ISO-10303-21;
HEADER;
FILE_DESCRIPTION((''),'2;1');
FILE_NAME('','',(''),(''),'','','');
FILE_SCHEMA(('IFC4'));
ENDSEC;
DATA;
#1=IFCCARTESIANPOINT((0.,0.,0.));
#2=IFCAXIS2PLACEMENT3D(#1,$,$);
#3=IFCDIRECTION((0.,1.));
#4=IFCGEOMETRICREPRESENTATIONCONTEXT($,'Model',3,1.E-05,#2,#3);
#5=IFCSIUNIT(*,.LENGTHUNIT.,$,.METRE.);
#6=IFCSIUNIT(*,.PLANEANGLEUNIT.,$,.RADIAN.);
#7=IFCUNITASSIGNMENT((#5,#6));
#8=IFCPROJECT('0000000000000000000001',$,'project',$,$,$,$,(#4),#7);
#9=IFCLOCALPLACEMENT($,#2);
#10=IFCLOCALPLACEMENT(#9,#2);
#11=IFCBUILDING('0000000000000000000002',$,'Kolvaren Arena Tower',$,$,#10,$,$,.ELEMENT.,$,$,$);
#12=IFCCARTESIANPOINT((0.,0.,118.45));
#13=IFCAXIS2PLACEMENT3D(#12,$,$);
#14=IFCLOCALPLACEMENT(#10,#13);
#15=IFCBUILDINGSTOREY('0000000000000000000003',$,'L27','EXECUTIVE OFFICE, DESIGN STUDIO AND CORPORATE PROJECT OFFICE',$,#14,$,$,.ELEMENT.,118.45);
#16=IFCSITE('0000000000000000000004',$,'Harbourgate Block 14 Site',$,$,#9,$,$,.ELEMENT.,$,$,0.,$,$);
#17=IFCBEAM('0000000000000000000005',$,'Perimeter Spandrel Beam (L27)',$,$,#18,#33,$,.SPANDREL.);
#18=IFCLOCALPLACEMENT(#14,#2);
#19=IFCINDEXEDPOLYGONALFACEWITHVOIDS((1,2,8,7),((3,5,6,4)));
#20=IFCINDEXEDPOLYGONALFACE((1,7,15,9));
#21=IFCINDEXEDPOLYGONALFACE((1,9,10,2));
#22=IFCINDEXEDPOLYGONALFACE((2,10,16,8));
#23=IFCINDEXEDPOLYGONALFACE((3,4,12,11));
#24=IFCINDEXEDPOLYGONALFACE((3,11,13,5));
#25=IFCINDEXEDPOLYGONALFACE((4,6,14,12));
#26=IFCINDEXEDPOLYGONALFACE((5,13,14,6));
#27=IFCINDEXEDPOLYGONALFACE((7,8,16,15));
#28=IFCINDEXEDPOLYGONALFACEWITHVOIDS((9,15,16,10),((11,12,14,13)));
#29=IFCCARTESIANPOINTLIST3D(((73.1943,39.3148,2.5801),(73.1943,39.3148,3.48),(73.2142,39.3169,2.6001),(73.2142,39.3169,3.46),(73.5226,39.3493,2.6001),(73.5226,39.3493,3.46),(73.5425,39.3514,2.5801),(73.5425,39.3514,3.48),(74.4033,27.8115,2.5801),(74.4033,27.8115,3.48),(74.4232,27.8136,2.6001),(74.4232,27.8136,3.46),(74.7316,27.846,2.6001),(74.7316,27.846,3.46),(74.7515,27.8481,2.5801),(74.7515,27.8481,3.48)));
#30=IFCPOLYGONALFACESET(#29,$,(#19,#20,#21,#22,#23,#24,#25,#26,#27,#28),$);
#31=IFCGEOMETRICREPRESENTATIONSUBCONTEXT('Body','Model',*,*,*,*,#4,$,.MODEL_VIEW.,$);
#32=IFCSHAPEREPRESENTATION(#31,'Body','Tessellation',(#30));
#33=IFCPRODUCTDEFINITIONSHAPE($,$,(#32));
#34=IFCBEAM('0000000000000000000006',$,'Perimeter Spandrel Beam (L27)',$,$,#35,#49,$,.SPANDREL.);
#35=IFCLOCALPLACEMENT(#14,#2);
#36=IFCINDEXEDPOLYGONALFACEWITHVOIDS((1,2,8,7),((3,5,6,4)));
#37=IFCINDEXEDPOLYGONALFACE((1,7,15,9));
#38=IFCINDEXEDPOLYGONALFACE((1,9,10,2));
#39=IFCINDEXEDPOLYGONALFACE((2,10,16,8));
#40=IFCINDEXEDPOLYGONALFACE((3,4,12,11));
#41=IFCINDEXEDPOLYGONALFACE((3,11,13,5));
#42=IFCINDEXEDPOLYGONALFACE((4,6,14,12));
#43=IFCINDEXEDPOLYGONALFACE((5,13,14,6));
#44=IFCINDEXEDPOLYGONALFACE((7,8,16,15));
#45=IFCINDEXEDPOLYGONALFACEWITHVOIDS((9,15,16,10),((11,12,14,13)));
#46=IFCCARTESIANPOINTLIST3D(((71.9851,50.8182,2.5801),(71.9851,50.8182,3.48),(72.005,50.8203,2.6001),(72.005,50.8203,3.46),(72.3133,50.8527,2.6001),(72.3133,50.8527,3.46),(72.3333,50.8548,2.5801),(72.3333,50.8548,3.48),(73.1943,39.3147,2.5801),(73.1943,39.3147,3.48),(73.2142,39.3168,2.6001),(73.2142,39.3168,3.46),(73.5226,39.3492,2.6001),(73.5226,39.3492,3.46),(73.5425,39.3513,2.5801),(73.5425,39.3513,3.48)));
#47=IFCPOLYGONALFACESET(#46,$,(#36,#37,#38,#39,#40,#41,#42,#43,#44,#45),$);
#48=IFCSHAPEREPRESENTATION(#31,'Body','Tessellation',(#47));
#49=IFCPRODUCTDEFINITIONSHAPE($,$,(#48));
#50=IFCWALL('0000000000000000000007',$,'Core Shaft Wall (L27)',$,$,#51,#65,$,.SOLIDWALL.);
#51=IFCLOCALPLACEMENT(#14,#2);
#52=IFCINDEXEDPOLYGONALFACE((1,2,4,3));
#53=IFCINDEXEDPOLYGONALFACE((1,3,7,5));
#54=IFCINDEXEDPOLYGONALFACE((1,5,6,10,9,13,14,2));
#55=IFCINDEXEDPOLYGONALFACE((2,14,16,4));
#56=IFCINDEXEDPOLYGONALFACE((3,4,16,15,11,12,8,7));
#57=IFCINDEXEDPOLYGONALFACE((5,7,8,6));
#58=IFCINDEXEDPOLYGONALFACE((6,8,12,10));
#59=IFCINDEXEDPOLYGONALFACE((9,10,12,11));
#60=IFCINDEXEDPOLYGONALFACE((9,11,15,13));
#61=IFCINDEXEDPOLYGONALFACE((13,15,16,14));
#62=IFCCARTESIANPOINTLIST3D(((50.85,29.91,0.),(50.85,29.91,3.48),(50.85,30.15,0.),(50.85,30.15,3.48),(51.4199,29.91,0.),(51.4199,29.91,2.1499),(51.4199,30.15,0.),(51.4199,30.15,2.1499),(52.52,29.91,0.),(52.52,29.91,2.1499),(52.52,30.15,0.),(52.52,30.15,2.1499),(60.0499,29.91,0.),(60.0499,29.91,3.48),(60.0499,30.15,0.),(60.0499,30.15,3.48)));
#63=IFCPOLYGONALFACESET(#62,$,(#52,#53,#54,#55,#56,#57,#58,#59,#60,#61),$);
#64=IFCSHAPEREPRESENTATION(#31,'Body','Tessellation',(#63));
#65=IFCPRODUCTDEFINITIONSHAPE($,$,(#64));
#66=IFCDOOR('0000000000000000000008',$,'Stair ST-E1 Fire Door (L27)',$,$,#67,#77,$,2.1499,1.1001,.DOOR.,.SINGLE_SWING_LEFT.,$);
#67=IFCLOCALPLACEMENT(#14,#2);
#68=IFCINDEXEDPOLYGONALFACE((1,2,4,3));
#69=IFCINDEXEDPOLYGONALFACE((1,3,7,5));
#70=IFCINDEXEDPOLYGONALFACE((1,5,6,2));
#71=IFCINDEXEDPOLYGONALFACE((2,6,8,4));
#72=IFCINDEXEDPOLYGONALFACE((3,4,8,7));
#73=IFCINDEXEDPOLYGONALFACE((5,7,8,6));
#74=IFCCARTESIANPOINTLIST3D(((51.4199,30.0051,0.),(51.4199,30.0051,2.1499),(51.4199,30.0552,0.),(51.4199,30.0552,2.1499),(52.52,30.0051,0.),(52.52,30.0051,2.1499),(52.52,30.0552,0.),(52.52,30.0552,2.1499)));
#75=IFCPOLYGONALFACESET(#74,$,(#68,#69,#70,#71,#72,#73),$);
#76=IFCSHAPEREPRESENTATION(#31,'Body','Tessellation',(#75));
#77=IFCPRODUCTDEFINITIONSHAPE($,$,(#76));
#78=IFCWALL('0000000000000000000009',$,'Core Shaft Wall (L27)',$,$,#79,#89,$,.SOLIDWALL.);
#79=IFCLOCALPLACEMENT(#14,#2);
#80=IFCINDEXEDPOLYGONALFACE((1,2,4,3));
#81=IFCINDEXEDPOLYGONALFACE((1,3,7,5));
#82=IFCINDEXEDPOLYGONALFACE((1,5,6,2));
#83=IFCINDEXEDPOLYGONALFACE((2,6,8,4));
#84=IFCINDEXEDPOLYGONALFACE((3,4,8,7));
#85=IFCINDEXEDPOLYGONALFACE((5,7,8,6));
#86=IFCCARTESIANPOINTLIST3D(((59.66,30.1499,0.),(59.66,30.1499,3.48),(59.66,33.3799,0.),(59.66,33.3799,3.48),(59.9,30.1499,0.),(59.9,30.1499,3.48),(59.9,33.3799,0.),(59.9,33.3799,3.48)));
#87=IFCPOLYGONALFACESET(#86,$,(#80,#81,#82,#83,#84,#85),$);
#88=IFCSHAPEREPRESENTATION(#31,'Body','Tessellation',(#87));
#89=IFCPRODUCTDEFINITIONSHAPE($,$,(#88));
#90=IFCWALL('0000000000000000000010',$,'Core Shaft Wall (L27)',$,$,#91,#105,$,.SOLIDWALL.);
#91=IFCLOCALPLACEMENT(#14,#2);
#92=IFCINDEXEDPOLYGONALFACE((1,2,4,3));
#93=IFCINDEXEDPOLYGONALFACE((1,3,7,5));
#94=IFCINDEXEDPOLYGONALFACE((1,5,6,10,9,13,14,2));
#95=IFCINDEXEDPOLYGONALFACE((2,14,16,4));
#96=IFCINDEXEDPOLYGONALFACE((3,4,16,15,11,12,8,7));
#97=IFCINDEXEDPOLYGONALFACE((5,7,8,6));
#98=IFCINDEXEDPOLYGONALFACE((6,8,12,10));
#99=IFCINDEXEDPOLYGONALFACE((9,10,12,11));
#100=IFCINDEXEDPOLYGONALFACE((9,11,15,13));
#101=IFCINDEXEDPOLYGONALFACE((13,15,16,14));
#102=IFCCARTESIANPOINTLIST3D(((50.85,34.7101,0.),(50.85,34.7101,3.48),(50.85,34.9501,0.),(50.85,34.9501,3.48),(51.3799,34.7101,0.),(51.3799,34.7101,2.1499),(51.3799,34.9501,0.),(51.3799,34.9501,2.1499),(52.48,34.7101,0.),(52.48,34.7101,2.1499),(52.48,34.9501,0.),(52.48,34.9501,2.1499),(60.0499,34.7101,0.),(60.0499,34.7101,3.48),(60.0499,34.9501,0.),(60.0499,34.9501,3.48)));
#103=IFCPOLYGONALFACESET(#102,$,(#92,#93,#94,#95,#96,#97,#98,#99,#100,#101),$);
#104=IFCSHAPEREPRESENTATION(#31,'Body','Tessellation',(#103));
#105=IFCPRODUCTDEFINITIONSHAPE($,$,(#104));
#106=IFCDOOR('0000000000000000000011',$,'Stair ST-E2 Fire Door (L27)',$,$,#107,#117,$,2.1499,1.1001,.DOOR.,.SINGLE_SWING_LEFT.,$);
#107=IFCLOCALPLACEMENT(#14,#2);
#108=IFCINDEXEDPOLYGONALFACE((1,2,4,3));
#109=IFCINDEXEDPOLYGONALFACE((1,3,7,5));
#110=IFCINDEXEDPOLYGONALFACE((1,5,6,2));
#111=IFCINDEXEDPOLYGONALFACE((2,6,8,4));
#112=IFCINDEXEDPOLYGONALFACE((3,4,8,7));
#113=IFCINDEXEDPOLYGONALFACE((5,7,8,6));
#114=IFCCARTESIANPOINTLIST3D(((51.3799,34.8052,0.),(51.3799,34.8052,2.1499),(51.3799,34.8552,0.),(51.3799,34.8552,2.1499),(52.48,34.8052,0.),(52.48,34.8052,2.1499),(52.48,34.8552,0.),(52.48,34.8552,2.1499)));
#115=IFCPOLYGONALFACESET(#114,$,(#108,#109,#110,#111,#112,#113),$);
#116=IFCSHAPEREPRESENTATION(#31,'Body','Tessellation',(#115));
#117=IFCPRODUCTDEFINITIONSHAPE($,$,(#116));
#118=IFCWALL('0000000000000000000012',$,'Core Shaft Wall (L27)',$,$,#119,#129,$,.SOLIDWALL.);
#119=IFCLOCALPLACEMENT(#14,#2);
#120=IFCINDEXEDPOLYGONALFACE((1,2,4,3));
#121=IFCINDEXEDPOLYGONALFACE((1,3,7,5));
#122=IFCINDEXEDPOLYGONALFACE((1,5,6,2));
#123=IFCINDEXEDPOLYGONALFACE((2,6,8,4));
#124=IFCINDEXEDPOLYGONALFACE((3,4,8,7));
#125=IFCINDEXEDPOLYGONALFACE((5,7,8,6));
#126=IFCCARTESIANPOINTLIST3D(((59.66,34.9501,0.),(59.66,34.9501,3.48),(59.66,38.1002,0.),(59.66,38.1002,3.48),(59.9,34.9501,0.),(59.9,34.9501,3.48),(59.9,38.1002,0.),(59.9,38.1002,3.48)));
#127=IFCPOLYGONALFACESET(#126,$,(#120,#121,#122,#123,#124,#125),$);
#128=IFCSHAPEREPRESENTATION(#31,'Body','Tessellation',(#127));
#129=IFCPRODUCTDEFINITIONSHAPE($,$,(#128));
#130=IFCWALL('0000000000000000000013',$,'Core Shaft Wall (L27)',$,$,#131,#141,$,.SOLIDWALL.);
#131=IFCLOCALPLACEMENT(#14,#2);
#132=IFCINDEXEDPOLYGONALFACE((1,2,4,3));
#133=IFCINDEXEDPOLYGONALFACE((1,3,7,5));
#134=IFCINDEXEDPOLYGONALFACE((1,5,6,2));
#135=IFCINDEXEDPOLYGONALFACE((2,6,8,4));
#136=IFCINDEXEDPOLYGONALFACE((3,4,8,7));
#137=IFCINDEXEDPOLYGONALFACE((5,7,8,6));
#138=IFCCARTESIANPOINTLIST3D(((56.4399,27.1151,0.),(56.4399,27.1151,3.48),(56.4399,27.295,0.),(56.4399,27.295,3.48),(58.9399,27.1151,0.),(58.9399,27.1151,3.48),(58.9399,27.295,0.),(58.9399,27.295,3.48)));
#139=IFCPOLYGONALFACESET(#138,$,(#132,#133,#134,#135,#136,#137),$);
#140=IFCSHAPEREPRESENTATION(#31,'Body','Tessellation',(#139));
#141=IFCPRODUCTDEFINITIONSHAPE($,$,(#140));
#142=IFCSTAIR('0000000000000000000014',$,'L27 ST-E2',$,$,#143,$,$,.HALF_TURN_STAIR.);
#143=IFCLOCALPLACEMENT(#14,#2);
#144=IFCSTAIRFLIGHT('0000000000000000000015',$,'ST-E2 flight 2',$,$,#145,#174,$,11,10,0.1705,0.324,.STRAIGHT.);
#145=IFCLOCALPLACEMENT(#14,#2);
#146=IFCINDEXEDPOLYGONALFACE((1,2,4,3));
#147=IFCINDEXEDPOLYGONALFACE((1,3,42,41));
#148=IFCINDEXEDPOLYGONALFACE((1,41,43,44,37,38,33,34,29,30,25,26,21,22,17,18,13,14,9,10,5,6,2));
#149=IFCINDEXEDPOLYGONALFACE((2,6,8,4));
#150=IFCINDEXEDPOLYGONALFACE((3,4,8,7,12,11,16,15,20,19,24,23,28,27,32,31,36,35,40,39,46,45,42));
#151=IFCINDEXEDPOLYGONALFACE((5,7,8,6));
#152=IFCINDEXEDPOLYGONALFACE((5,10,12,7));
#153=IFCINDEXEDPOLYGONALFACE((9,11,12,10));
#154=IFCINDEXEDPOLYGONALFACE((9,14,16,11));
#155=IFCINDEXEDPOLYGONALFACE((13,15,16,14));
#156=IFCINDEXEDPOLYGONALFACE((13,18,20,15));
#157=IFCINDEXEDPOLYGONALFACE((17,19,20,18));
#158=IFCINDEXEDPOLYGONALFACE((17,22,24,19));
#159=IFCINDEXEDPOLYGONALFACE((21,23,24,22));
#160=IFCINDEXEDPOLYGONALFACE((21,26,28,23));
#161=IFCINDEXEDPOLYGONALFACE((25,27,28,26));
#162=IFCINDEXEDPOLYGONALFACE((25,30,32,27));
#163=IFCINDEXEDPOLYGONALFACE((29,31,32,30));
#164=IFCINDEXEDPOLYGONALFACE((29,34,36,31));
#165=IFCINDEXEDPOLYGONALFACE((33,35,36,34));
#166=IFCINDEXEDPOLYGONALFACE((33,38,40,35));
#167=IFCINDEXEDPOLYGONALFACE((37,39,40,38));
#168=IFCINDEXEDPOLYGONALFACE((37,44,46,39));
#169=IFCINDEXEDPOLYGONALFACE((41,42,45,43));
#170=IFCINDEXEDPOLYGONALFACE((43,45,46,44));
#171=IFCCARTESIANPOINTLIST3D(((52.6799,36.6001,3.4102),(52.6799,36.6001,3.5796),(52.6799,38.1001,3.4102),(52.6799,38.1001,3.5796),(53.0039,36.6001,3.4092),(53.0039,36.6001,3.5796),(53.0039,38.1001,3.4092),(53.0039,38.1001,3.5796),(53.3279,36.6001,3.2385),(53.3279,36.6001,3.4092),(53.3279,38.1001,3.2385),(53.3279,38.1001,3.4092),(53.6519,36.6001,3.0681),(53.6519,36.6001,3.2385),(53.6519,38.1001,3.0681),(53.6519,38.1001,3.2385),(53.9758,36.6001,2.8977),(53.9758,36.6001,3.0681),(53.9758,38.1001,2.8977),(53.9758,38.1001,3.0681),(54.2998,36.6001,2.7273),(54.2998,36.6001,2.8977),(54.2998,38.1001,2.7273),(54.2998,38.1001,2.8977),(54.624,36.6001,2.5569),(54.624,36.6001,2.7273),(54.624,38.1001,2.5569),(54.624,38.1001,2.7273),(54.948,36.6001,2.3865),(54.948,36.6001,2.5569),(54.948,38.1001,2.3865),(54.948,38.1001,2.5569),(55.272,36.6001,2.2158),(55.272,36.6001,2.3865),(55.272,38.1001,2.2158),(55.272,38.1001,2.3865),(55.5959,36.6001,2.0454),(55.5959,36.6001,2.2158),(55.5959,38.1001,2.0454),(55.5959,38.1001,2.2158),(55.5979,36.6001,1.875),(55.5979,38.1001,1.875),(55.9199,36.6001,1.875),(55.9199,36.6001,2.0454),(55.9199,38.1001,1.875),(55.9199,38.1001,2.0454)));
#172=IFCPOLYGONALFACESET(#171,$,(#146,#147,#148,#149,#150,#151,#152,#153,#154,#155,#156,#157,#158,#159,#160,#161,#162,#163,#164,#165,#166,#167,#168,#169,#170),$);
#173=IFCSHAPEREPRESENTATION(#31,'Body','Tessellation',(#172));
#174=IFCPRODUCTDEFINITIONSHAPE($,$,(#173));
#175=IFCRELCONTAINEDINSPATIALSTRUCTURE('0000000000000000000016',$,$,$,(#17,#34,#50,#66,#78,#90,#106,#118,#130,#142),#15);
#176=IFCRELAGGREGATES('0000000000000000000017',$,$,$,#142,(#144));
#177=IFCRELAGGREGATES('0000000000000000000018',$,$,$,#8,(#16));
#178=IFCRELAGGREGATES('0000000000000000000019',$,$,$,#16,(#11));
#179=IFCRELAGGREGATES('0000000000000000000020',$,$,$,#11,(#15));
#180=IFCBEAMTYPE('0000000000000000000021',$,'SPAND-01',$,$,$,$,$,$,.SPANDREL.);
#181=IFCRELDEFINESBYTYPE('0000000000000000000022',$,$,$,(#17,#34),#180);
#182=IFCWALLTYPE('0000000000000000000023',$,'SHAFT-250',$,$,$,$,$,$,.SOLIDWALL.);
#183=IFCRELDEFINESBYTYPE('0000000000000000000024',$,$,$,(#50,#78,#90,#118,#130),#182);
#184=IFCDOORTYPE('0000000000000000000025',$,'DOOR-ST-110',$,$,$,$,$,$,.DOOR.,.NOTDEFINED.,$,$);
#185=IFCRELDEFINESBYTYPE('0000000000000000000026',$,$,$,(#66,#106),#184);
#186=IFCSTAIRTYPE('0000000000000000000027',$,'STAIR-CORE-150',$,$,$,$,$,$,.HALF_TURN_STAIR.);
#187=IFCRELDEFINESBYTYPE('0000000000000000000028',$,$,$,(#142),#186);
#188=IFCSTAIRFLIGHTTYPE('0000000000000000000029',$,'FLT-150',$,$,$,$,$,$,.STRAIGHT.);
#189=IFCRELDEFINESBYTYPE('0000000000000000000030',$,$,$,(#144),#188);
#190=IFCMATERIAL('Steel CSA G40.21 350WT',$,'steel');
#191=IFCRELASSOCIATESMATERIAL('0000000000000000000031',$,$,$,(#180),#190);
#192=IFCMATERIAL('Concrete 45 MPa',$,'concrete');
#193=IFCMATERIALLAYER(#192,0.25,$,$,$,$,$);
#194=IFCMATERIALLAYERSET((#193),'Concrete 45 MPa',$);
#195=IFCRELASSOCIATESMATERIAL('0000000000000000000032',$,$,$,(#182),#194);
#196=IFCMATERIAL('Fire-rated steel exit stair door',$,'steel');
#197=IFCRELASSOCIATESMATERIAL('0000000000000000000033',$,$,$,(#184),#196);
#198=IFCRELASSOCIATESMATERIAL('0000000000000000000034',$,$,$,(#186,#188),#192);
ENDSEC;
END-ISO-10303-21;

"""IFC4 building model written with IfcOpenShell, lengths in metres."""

from ifc_helpers import new_model, si_unit, direction, frame, frame_2d, origin, origin_2d, place, context, subcontext, project, spatial, polyline, rectangle, hollow_rectangle, outline, extrude, material, layer, layer_set, material_profile, profile_set, type_object, element, fill, aggregate, save


model = new_model("IFC4")

# Units and contexts
model_context = context("Model", 3, precision=1e-05, world=origin(), true_north=direction((0.0, 1.0)))
body_context = subcontext(model_context, "Body", "Model", "MODEL_VIEW")
ifc_project = project(units=[si_unit("LENGTHUNIT", "METRE"), si_unit("PLANEANGLEUNIT", "RADIAN")], contexts=[model_context])

# Site, building, storey
site_placement = place(None, origin())
site = spatial("IfcSite", under=ifc_project, at=site_placement, Name="Harbourgate Block 14 Site", CompositionType="ELEMENT", RefElevation=0.0)
building_placement = place(site_placement, origin())
building = spatial("IfcBuilding", under=site, at=building_placement, Name="Kolvaren Arena Tower", CompositionType="ELEMENT")
storey_placement = place(building_placement, frame((0.0, 0.0, 118.45)))
storey = spatial("IfcBuildingStorey", under=building, at=storey_placement, Name="L27", Description="EXECUTIVE OFFICE, DESIGN STUDIO AND CORPORATE PROJECT OFFICE", CompositionType="ELEMENT", Elevation=118.45)

# Beams
ifc_material_1 = material(Name="Steel CSA G40.21 350WT", Category="steel")
ifc_material_profile_1 = material_profile(ifc_material_1, hollow_rectangle(XDim=0.3501, YDim=0.8999, WallThickness=0.02, at=origin_2d()), Name="HSS 900x350x20")
ifc_profile_set_1 = profile_set([ifc_material_profile_1], Name="Steel CSA G40.21 350WT")
beam_type_1 = type_object("IfcBeamType", Name="SPAND-01", PredefinedType="SPANDREL", material=ifc_profile_set_1)
beam_1_placement = place(storey_placement, frame((74.5774, 27.8298, 3.03), z_axis=(-0.104524, 0.994522, 0.0), x_axis=(-0.994522, -0.104524, 0.0)))
element("IfcBeam", 1, at=beam_1_placement, inside=storey, type_object=beam_type_1, Name="Perimeter Spandrel Beam (L27)", PredefinedType="SPANDREL", context=body_context, shape_type="SweptSolid", body=[
    extrude(hollow_rectangle(XDim=0.3501, YDim=0.8999, WallThickness=0.02, at=origin_2d()), origin(), (0.0, 0.0, 1.0), 11.5667),
])
beam_2_placement = place(storey_placement, frame((73.3684, 39.333, 3.03), z_axis=(-0.104543, 0.99452, 0.0), x_axis=(-0.99452, -0.104543, 0.0)))
element("IfcBeam", 2, at=beam_2_placement, inside=storey, type_object=beam_type_1, Name="Perimeter Spandrel Beam (L27)", PredefinedType="SPANDREL", context=body_context, shape_type="SweptSolid", body=[
    extrude(hollow_rectangle(XDim=0.3501, YDim=0.8999, WallThickness=0.02, at=origin_2d()), origin(), (0.0, 0.0, 1.0), 11.5669),
])

# Wall, opening, door
ifc_material_2 = material(Name="Concrete 45 MPa", Category="concrete")
ifc_layer = layer(ifc_material_2, 0.25)
ifc_layer_set = layer_set([ifc_layer], Name="Concrete 45 MPa")
wall_type = type_object("IfcWallType", Name="SHAFT-250", PredefinedType="SOLIDWALL", material=ifc_layer_set)
wall_1_placement = place(storey_placement, frame((60.05, 30.03, 0.0), z_axis=(0.0, 0.0, 1.0), x_axis=(-1.0, 0.0, 0.0)))
wall_1 = element("IfcWall", 3, at=wall_1_placement, inside=storey, type_object=wall_type, Name="Core Shaft Wall (L27)", PredefinedType="SOLIDWALL", context=body_context, shape_type="SweptSolid", body=[
    extrude(rectangle(XDim=9.2, YDim=0.24, at=frame_2d((4.6001, 0.0))), origin(), (0.0, 0.0, 1.0), 3.48),
])
opening_1_placement = place(wall_1_placement, frame((7.53, 0.0, 0.0)))
opening_1 = element("IfcOpeningElement", 4, at=opening_1_placement, cuts=wall_1, PredefinedType="OPENING", context=body_context, shape_type="SweptSolid", body=[
    extrude(rectangle(XDim=1.1001, YDim=2.1499, at=frame_2d((0.55, 1.075))), frame((0.0, 0.1299, 0.0), z_axis=(0.0, -1.0, 0.0), x_axis=(1.0, 0.0, 0.0)), (0.0, 0.0, 1.0), 0.26),
])
ifc_material_3 = material(Name="Fire-rated steel exit stair door", Category="steel")
door_type = type_object("IfcDoorType", Name="DOOR-ST-110", OperationType="NOTDEFINED", PredefinedType="DOOR", material=ifc_material_3)
door_1_placement = place(opening_1_placement, origin())
door_1 = element("IfcDoor", 5, at=door_1_placement, inside=storey, type_object=door_type, Name="Stair ST-E1 Fire Door (L27)", OperationType="SINGLE_SWING_LEFT", OverallHeight=2.1499, OverallWidth=1.1001, PredefinedType="DOOR", context=body_context, shape_type="SweptSolid", body=[
    extrude(rectangle(XDim=1.1001, YDim=2.1499, at=frame_2d((0.55, 1.075))), frame((0.0, 0.0249, 0.0), z_axis=(0.0, -1.0, 0.0), x_axis=(1.0, 0.0, 0.0)), (0.0, 0.0, 1.0), 0.05),
])
fill(opening_1, door_1)

# Wall
wall_2_placement = place(storey_placement, frame((59.78, 30.1499, 0.0), z_axis=(0.0, 0.0, 1.0), x_axis=(0.0, 1.0, 0.0)))
element("IfcWall", 6, at=wall_2_placement, inside=storey, type_object=wall_type, Name="Core Shaft Wall (L27)", PredefinedType="SOLIDWALL", context=body_context, shape_type="SweptSolid", body=[
    extrude(rectangle(XDim=3.23, YDim=0.24, at=frame_2d((1.615, 0.0))), origin(), (0.0, 0.0, 1.0), 3.48),
])

# Wall, opening, door
wall_3_placement = place(storey_placement, frame((60.05, 34.8301, 0.0), z_axis=(0.0, 0.0, 1.0), x_axis=(-1.0, 0.0, 0.0)))
wall_3 = element("IfcWall", 7, at=wall_3_placement, inside=storey, type_object=wall_type, Name="Core Shaft Wall (L27)", PredefinedType="SOLIDWALL", context=body_context, shape_type="SweptSolid", body=[
    extrude(rectangle(XDim=9.2, YDim=0.24, at=frame_2d((4.6001, 0.0))), origin(), (0.0, 0.0, 1.0), 3.48),
])
opening_2_placement = place(wall_3_placement, frame((7.5701, 0.0, 0.0)))
opening_2 = element("IfcOpeningElement", 8, at=opening_2_placement, cuts=wall_3, PredefinedType="OPENING", context=body_context, shape_type="SweptSolid", body=[
    extrude(rectangle(XDim=1.1001, YDim=2.1499, at=frame_2d((0.55, 1.075))), frame((0.0, 0.1299, 0.0), z_axis=(0.0, -1.0, 0.0), x_axis=(1.0, 0.0, 0.0)), (0.0, 0.0, 1.0), 0.26),
])
door_2_placement = place(opening_2_placement, origin())
door_2 = element("IfcDoor", 9, at=door_2_placement, inside=storey, type_object=door_type, Name="Stair ST-E2 Fire Door (L27)", OperationType="SINGLE_SWING_LEFT", OverallHeight=2.1499, OverallWidth=1.1001, PredefinedType="DOOR", context=body_context, shape_type="SweptSolid", body=[
    extrude(rectangle(XDim=1.1001, YDim=2.1499, at=frame_2d((0.55, 1.075))), frame((0.0, 0.0249, 0.0), z_axis=(0.0, -1.0, 0.0), x_axis=(1.0, 0.0, 0.0)), (0.0, 0.0, 1.0), 0.05),
])
fill(opening_2, door_2)

# Walls
wall_4_placement = place(storey_placement, frame((59.78, 34.95, 0.0), z_axis=(0.0, 0.0, 1.0), x_axis=(0.0, 1.0, 0.0)))
element("IfcWall", 10, at=wall_4_placement, inside=storey, type_object=wall_type, Name="Core Shaft Wall (L27)", PredefinedType="SOLIDWALL", context=body_context, shape_type="SweptSolid", body=[
    extrude(rectangle(XDim=3.1501, YDim=0.24, at=frame_2d((1.5752, 0.0))), origin(), (0.0, 0.0, 1.0), 3.48),
])
wall_5_placement = place(storey_placement, frame((56.4399, 27.2051, 0.0), z_axis=(0.0, 0.0, 1.0), x_axis=(1.0, 0.0, 0.0)))
element("IfcWall", 11, at=wall_5_placement, inside=storey, type_object=wall_type, Name="Core Shaft Wall (L27)", PredefinedType="SOLIDWALL", context=body_context, shape_type="SweptSolid", body=[
    extrude(rectangle(XDim=2.5, YDim=0.1799, at=frame_2d((1.25, 0.0))), origin(), (0.0, 0.0, 1.0), 3.48),
])

# Stair, stair flight
stair_type_1 = type_object("IfcStairType", Name="STAIR-CORE-150", PredefinedType="HALF_TURN_STAIR", material=ifc_material_2)
stair_1_placement = place(storey_placement, origin())
stair_1 = element("IfcStair", 12, at=stair_1_placement, inside=storey, type_object=stair_type_1, Name="L27 ST-E2", PredefinedType="HALF_TURN_STAIR")
stair_flight_type_1 = type_object("IfcStairFlightType", Name="FLT-150", PredefinedType="STRAIGHT", material=ifc_material_2)
stair_flight_1_placement = place(storey_placement, frame((55.9199, 37.3501, 1.875), z_axis=(0.0, 0.0, 1.0), x_axis=(-1.0, 0.0, 0.0)))
stair_flight_1 = element("IfcStairFlight", 13, at=stair_flight_1_placement, type_object=stair_flight_type_1, Name="ST-E2 flight 2", NumberOfRisers=11, NumberOfTreads=10, PredefinedType="STRAIGHT", RiserHeight=0.1705, TreadLength=0.324, context=body_context, shape_type="SweptSolid", body=[
    extrude(outline(polyline([(0.0, 0.0), (0.0, 0.1704), (0.324, 0.1704), (0.324, 0.3408), (0.6479, 0.3408), (0.6479, 0.5115), (0.9719, 0.5115), (0.9719, 0.6819), (1.2959, 0.6819), (1.2959, 0.8523), (1.6201, 0.8523), (1.6201, 1.0227), (1.9441, 1.0227), (1.9441, 1.1931), (2.2681, 1.1931), (2.2681, 1.3635), (2.592, 1.3635), (2.592, 1.5342), (2.916, 1.5342), (2.916, 1.7046), (3.24, 1.7046), (3.24, 1.875), (3.24, 1.5352), (0.322, 0.0), (0.0, 0.0)])), frame((0.0, 0.75, 0.0), z_axis=(0.0, -1.0, 0.0), x_axis=(1.0, 0.0, 0.0)), (0.0, 0.0, 1.0), 1.5),
])
aggregate(stair_1, [stair_flight_1])

save(model, "model.ifc")
